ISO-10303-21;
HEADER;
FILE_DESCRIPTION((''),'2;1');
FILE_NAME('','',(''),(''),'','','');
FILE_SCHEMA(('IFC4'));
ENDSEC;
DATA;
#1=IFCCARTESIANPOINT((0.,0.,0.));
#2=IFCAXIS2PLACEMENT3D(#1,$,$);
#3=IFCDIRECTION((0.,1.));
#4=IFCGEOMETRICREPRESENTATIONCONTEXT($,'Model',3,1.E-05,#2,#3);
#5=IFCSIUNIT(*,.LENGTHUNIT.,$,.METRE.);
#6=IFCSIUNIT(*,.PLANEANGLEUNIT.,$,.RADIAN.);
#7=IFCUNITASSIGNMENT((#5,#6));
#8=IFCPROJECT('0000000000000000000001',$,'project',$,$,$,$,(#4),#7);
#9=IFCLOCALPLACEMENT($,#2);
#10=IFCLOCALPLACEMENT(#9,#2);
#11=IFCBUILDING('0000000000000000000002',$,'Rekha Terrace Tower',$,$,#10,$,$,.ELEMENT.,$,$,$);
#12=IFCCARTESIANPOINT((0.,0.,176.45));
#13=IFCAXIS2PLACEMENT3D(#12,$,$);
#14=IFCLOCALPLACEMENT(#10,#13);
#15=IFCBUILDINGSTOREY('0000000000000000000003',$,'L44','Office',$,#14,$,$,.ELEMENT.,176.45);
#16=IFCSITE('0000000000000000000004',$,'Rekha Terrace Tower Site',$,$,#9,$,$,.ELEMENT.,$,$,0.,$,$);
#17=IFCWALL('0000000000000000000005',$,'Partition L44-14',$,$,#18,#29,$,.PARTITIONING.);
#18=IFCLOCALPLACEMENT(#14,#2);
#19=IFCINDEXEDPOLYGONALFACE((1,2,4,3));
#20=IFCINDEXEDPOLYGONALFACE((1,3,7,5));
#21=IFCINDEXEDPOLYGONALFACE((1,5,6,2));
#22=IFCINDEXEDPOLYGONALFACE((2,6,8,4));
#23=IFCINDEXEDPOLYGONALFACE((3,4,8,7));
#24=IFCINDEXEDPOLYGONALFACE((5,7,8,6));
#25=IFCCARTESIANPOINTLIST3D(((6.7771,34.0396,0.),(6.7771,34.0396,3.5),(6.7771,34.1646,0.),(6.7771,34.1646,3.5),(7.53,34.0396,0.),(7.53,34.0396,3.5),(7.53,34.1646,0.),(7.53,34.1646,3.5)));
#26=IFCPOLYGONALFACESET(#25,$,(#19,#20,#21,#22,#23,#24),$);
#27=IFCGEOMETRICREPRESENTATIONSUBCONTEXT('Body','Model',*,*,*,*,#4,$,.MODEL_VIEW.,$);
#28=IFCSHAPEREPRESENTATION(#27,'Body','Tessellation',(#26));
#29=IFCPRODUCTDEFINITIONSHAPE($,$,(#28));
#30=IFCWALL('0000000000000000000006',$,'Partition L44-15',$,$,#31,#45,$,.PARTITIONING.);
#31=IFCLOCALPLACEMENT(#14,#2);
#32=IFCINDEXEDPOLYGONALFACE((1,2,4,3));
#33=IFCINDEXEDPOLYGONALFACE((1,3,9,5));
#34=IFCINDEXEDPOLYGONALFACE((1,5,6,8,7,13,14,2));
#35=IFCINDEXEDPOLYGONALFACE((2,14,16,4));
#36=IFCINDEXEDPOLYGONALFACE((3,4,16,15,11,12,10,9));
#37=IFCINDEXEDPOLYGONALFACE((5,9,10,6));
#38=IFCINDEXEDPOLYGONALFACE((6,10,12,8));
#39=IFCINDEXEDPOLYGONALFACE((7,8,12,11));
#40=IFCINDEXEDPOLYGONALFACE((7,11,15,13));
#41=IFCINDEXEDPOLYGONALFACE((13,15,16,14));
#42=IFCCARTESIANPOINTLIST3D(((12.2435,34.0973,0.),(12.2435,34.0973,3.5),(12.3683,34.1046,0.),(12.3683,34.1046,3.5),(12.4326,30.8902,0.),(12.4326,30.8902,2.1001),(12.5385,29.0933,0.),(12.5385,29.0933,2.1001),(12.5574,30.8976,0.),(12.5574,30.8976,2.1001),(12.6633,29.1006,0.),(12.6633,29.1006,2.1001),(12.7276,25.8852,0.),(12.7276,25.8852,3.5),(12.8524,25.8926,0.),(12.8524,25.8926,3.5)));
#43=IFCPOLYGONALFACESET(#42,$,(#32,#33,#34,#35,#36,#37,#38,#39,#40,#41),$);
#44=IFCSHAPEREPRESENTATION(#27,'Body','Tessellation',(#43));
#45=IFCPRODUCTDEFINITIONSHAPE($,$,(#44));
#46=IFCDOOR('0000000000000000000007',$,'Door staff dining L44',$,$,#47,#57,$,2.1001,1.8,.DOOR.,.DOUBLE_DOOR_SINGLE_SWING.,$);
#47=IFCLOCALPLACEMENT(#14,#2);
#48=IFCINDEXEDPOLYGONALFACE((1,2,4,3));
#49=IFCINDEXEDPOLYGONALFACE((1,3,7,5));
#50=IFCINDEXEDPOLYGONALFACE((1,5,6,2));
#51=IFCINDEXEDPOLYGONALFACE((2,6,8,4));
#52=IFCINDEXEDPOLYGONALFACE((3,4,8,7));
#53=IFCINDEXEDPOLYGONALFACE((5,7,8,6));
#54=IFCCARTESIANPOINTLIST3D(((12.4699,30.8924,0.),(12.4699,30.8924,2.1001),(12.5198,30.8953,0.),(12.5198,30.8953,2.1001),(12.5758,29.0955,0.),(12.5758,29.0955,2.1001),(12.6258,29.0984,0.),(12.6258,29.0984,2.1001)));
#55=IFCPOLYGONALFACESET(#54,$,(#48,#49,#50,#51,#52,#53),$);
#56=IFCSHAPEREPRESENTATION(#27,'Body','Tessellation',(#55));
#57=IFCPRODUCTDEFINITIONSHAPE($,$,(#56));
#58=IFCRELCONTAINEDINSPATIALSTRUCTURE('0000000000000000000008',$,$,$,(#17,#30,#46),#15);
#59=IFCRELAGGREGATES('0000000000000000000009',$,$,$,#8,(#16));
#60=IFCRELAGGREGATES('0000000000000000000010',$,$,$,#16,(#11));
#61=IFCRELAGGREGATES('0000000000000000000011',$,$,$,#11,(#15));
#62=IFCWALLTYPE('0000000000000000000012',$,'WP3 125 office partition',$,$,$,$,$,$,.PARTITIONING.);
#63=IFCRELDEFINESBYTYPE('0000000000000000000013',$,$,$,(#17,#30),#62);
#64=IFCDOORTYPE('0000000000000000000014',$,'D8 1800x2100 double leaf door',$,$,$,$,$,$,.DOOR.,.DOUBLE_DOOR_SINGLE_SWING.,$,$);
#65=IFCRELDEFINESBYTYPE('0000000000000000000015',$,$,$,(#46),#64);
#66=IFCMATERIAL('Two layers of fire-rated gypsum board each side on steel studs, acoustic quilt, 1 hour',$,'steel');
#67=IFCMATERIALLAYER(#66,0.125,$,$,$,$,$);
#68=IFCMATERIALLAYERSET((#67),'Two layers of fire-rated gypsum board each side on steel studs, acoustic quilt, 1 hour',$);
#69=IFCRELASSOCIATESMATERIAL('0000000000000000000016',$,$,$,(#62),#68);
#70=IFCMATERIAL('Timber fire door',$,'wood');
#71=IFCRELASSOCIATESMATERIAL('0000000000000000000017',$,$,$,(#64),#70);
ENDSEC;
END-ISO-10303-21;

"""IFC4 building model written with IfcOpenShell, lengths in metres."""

from ifc_helpers import new_model, si_unit, direction, frame, frame_2d, origin, place, context, subcontext, project, spatial, rectangle, extrude, material, layer, layer_set, type_object, element, fill, save


model = new_model("IFC4")

# Units and contexts
model_context = context("Model", 3, precision=1e-05, world=origin(), true_north=direction((0.0, 1.0)))
body_context = subcontext(model_context, "Body", "Model", "MODEL_VIEW")
ifc_project = project(units=[si_unit("LENGTHUNIT", "METRE"), si_unit("PLANEANGLEUNIT", "RADIAN")], contexts=[model_context])

# Site, building, storey
site_placement = place(None, origin())
site = spatial("IfcSite", under=ifc_project, at=site_placement, Name="Rekha Terrace Tower Site", CompositionType="ELEMENT", RefElevation=0.0)
building_placement = place(site_placement, origin())
building = spatial("IfcBuilding", under=site, at=building_placement, Name="Rekha Terrace Tower", CompositionType="ELEMENT")
storey_placement = place(building_placement, frame((0.0, 0.0, 176.45)))
storey = spatial("IfcBuildingStorey", under=building, at=storey_placement, Name="L44", Description="Office", CompositionType="ELEMENT", Elevation=176.45)

# Shared definitions
ifc_material_1 = material(Name="Two layers of fire-rated gypsum board each side on steel studs, acoustic quilt, 1 hour", Category="steel")
ifc_layer_1 = layer(ifc_material_1, 0.125)
ifc_layer_set_1 = layer_set([ifc_layer_1], Name="Two layers of fire-rated gypsum board each side on steel studs, acoustic quilt, 1 hour")
wall_type = type_object("IfcWallType", Name="WP3 125 office partition", PredefinedType="PARTITIONING", material=ifc_layer_set_1)

# Shared definitions
ifc_material_2 = material(Name="Timber fire door", Category="wood")
door_type = type_object("IfcDoorType", Name="D8 1800x2100 double leaf door", OperationType="DOUBLE_DOOR_SINGLE_SWING", PredefinedType="DOOR", material=ifc_material_2)

# Wall
wall_1_placement = place(storey_placement, frame((7.53, 34.1021, 0.0), z_axis=(0.0, 0.0, 1.0), x_axis=(-1.0, 0.0, 0.0)))
element("IfcWall", 1, at=wall_1_placement, inside=storey, type_object=wall_type, Name="Partition L44-14", PredefinedType="PARTITIONING", context=body_context, shape_type="SweptSolid", body=[
    extrude(rectangle(XDim=0.7529, YDim=0.125, at=frame_2d((0.3765, 0.0))), origin(), (0.0, 0.0, 1.0), 3.5),
])

# Wall, opening, door
wall_2_placement = place(storey_placement, frame((12.3059, 34.1011, 0.0), z_axis=(0.0, 0.0, 1.0), x_axis=(0.058851, -0.998267, 0.0)))
wall_2 = element("IfcWall", 2, at=wall_2_placement, inside=storey, type_object=wall_type, Name="Partition L44-15", PredefinedType="PARTITIONING", context=body_context, shape_type="SweptSolid", body=[
    extrude(rectangle(XDim=8.2263, YDim=0.125, at=frame_2d((4.1133, 0.0))), origin(), (0.0, 0.0, 1.0), 3.5),
])
opening_1_placement = place(wall_2_placement, frame((3.2129, 0.0, 0.0)))
opening_1 = element("IfcOpeningElement", 3, at=opening_1_placement, cuts=wall_2, PredefinedType="OPENING", context=body_context, shape_type="SweptSolid", body=[
    extrude(rectangle(XDim=1.8, YDim=2.1001, at=frame_2d((0.8999, 1.05))), frame((0.0, 0.0725, 0.0), z_axis=(0.0, -1.0, 0.0), x_axis=(1.0, 0.0, 0.0)), (0.0, 0.0, 1.0), 0.145),
])
door_1_placement = place(opening_1_placement, origin())
door_1 = element("IfcDoor", 4, at=door_1_placement, inside=storey, type_object=door_type, Name="Door staff dining L44", OperationType="DOUBLE_DOOR_SINGLE_SWING", OverallHeight=2.1001, OverallWidth=1.8, PredefinedType="DOOR", context=body_context, shape_type="SweptSolid", body=[
    extrude(rectangle(XDim=1.8, YDim=2.1001, at=frame_2d((0.8999, 1.05))), frame((0.0, 0.0249, 0.0), z_axis=(0.0, -1.0, 0.0), x_axis=(1.0, 0.0, 0.0)), (0.0, 0.0, 1.0), 0.05),
])
fill(opening_1, door_1)

save(model, "model.ifc")
